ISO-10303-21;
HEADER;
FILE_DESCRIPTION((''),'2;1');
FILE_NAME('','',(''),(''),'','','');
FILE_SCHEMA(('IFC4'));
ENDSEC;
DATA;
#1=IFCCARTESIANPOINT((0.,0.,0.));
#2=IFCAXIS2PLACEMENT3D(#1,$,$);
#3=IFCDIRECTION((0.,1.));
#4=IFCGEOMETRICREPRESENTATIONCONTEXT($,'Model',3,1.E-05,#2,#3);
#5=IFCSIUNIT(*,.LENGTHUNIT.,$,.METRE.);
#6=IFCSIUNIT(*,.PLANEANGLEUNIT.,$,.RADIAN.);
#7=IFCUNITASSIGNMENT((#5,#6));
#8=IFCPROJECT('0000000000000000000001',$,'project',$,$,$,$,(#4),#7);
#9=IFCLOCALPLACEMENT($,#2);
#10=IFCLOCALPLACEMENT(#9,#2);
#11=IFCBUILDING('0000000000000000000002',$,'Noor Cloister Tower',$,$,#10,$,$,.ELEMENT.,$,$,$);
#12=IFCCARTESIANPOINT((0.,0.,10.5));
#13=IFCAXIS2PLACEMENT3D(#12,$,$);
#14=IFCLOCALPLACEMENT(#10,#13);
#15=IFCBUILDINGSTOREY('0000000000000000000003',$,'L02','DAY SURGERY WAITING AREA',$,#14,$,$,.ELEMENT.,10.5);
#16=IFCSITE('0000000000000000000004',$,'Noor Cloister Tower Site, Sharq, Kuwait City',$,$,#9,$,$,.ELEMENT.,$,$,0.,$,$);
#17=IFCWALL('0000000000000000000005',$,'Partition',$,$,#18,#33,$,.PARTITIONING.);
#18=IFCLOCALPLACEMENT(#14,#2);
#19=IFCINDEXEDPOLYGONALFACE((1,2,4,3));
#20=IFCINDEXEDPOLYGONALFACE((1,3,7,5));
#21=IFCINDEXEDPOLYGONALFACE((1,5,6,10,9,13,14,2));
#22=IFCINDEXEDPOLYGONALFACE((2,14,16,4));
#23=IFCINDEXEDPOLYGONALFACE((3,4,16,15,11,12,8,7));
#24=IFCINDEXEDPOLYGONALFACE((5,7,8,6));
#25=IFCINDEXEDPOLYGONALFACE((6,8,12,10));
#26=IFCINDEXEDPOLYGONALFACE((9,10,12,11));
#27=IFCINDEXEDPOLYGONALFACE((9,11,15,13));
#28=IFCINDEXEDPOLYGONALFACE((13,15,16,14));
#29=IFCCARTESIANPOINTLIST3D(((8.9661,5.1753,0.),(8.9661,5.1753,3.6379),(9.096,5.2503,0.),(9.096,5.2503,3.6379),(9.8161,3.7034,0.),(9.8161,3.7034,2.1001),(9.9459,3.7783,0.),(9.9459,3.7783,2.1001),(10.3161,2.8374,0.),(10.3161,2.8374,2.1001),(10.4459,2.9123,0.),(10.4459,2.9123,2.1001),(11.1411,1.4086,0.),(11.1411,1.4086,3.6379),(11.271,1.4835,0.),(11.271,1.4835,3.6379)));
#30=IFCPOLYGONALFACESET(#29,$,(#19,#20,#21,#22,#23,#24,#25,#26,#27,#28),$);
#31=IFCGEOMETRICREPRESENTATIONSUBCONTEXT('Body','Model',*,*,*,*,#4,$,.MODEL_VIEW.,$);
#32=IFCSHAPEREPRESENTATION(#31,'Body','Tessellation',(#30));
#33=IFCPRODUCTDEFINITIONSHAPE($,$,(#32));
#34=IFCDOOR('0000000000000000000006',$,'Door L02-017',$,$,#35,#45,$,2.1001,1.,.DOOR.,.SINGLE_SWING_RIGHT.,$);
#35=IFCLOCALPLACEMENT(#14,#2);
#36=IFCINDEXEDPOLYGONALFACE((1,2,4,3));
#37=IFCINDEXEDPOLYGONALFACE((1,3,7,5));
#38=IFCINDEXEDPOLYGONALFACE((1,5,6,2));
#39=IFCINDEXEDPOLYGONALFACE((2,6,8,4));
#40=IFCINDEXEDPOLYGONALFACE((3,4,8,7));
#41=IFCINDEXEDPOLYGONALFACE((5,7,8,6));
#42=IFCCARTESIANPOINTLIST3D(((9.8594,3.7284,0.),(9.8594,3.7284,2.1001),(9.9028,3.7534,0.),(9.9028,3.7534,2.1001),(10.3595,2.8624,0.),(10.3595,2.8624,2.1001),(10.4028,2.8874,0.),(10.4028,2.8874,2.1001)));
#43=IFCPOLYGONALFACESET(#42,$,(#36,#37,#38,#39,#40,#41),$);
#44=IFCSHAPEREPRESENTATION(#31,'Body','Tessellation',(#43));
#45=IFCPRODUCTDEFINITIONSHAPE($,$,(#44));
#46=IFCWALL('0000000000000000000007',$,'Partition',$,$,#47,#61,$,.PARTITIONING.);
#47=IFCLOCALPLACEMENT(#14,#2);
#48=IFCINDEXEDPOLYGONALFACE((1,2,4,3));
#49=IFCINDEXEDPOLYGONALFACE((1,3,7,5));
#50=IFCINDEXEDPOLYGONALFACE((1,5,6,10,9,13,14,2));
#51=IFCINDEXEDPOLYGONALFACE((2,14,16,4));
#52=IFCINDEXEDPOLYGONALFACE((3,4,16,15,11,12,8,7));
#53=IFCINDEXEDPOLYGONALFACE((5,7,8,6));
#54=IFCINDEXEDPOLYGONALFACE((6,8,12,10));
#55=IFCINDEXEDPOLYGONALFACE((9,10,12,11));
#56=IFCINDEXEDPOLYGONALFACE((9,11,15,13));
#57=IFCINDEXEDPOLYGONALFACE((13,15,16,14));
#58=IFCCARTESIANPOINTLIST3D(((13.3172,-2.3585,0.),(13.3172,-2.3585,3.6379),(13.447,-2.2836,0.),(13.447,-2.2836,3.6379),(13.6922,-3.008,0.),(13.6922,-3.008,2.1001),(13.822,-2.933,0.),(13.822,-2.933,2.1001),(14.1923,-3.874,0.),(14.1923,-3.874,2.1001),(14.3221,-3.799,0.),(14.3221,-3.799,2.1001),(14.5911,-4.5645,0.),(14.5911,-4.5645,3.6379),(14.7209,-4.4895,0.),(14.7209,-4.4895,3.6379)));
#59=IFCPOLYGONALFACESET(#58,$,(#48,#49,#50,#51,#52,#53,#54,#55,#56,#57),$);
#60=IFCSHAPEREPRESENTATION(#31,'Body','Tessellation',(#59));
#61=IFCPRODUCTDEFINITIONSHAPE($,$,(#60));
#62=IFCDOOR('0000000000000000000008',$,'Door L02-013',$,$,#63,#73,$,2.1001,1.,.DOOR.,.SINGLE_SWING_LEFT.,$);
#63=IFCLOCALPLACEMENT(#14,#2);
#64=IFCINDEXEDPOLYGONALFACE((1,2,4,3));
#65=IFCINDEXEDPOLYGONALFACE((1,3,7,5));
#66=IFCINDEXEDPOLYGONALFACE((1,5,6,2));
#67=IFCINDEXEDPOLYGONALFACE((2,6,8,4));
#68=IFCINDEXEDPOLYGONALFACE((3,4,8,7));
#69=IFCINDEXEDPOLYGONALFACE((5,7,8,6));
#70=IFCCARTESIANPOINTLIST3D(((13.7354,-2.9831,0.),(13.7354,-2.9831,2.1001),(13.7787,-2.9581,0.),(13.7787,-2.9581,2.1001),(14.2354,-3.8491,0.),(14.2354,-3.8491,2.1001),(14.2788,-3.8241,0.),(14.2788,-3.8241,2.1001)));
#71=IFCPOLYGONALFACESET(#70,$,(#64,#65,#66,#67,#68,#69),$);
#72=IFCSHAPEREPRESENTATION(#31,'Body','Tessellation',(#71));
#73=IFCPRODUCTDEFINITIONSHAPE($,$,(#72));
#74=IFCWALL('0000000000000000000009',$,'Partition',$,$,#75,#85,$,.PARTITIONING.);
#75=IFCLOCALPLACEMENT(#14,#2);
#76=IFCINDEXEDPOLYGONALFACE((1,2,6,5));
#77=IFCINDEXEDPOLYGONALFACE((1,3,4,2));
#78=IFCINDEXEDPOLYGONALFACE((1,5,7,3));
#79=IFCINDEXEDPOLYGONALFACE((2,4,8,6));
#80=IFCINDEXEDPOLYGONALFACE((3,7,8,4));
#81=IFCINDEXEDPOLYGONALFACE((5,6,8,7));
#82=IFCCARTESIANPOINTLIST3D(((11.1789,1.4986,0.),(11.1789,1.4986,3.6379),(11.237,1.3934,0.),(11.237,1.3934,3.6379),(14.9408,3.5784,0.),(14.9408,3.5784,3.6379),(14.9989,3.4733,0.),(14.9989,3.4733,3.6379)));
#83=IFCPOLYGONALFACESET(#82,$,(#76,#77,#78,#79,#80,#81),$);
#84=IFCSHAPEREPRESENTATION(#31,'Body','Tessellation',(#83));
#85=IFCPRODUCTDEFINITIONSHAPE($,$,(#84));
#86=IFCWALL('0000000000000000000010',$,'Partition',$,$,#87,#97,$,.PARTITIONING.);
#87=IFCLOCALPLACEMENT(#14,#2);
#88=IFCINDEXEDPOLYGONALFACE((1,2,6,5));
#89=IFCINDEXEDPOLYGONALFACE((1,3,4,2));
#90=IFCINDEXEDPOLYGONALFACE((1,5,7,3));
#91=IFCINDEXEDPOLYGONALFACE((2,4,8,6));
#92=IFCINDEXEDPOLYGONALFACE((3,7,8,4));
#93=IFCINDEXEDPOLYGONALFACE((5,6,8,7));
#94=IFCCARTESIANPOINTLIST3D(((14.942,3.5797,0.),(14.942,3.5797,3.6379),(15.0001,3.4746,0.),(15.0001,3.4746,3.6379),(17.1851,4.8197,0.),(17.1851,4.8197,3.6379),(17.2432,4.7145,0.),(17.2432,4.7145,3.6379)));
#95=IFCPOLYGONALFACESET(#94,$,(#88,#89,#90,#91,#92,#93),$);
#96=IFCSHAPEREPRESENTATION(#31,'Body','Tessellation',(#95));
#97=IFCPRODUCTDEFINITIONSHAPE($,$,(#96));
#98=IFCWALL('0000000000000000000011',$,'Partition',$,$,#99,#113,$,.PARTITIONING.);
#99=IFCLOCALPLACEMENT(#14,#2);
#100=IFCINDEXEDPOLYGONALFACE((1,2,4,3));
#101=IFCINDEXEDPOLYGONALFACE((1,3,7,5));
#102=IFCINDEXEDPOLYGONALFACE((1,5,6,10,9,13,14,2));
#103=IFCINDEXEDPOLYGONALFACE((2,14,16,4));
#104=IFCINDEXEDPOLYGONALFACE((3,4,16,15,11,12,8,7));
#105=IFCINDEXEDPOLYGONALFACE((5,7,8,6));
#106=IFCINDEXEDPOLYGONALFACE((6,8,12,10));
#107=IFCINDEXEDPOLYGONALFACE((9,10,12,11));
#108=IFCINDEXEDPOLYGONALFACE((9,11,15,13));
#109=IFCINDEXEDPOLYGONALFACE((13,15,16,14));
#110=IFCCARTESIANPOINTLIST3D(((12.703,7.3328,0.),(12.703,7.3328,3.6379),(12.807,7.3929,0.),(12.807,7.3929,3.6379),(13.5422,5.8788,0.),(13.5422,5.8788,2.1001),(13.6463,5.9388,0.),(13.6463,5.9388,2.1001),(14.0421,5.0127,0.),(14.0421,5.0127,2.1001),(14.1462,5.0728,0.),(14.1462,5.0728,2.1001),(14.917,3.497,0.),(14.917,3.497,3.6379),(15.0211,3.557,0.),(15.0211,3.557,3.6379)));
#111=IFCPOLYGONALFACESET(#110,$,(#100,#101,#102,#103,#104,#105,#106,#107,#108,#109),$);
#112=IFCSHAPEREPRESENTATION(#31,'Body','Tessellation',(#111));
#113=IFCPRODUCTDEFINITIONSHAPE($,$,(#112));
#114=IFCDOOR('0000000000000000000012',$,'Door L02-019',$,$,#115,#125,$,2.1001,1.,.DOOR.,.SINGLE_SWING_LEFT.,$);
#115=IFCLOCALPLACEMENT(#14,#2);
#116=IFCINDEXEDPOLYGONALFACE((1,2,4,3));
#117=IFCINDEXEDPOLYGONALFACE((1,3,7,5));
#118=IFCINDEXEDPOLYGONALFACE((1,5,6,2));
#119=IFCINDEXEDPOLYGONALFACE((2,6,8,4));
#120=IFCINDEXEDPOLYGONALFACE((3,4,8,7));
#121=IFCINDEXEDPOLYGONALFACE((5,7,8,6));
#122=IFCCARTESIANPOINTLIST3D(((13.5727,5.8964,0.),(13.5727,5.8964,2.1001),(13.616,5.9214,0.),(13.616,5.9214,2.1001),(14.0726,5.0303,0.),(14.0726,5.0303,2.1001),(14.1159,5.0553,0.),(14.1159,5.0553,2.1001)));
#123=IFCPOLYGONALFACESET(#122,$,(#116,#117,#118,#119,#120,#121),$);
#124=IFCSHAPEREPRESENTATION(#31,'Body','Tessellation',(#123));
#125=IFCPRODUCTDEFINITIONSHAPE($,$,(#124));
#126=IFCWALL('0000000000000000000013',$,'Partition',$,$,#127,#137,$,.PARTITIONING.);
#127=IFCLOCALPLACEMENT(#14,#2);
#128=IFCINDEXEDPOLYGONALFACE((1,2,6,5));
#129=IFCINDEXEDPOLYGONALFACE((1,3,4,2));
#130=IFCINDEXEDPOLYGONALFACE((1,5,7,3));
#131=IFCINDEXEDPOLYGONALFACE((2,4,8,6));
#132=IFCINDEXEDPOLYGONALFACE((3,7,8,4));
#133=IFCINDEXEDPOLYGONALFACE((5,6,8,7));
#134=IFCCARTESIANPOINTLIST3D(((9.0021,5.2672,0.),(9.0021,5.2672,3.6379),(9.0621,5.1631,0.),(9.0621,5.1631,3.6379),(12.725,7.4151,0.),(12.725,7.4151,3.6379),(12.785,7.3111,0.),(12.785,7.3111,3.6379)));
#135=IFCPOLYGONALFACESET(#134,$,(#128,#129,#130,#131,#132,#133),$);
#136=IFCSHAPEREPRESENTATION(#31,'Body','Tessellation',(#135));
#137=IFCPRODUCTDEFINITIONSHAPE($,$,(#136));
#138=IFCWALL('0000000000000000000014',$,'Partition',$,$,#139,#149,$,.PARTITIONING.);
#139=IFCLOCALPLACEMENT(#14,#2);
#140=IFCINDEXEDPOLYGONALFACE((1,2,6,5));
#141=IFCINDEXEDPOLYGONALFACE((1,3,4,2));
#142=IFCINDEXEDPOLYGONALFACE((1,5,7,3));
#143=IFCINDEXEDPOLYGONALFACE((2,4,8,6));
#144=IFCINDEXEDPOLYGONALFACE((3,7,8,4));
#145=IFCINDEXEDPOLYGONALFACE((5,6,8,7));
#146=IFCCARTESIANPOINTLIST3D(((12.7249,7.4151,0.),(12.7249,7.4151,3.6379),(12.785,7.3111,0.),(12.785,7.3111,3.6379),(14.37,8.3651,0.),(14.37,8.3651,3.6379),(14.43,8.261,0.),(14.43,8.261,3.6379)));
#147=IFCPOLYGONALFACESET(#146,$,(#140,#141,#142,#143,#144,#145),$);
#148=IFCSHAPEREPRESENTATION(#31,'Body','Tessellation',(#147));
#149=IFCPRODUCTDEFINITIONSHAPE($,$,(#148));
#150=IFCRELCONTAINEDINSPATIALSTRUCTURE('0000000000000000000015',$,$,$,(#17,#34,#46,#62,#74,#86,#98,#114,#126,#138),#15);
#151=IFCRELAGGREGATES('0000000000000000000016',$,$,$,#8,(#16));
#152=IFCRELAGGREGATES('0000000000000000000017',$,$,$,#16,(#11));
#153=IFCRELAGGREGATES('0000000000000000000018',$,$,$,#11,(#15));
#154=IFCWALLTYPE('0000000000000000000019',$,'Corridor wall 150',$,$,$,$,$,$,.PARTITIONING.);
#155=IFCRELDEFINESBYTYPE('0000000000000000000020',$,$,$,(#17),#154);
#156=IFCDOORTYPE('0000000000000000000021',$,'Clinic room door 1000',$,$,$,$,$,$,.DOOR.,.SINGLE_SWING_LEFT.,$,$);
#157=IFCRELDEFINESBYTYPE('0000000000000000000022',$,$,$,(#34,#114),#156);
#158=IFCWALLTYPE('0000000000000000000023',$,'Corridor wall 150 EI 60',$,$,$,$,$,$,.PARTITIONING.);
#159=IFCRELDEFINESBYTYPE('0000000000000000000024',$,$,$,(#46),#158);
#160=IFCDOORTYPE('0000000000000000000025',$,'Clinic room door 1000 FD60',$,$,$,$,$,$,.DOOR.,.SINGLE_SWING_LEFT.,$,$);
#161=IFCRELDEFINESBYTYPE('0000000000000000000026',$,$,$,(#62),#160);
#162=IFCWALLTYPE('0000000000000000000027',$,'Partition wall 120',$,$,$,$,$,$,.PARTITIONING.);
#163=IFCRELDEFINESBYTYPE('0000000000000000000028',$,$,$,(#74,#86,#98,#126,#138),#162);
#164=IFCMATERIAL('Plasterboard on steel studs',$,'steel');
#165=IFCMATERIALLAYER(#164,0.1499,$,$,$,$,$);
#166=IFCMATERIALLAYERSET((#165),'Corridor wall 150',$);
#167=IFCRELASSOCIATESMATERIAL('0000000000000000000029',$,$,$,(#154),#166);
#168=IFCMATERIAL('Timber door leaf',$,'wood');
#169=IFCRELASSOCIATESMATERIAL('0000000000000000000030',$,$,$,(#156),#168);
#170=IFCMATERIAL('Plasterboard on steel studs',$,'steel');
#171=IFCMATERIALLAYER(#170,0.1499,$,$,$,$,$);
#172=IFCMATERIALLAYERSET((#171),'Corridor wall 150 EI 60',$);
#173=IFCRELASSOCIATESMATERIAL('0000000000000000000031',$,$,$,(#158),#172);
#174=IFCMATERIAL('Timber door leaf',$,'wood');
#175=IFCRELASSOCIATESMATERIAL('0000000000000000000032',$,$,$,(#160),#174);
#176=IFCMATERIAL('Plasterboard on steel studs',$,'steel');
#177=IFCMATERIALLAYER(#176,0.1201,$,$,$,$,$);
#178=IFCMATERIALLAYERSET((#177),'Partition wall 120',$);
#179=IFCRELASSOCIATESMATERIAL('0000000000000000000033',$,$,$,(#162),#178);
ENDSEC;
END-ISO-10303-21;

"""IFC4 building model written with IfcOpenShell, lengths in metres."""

from ifc_helpers import new_model, si_unit, direction, frame, frame_2d, origin, place, context, subcontext, project, spatial, rectangle, extrude, material, layer, layer_set, type_object, element, fill, save


model = new_model("IFC4")

# Units and contexts
model_context = context("Model", 3, precision=1e-05, world=origin(), true_north=direction((0.0, 1.0)))
body_context = subcontext(model_context, "Body", "Model", "MODEL_VIEW")
ifc_project = project(units=[si_unit("LENGTHUNIT", "METRE"), si_unit("PLANEANGLEUNIT", "RADIAN")], contexts=[model_context])

# Site, building, storey
site_placement = place(None, origin())
site = spatial("IfcSite", under=ifc_project, at=site_placement, Name="Noor Cloister Tower Site, Sharq, Kuwait City", CompositionType="ELEMENT", RefElevation=0.0)
building_placement = place(site_placement, origin())
building = spatial("IfcBuilding", under=site, at=building_placement, Name="Noor Cloister Tower", CompositionType="ELEMENT")
storey_placement = place(building_placement, frame((0.0, 0.0, 10.5)))
storey = spatial("IfcBuildingStorey", under=building, at=storey_placement, Name="L02", Description="DAY SURGERY WAITING AREA", CompositionType="ELEMENT", Elevation=10.5)

# Walls, openings, doors
ifc_material_1 = material(Name="Plasterboard on steel studs", Category="steel")
ifc_layer_1 = layer(ifc_material_1, 0.1499)
ifc_layer_set_1 = layer_set([ifc_layer_1], Name="Corridor wall 150")
wall_type_1 = type_object("IfcWallType", Name="Corridor wall 150", PredefinedType="PARTITIONING", material=ifc_layer_set_1)
ifc_material_2 = material(Name="Timber door leaf", Category="wood")
door_type_1 = type_object("IfcDoorType", Name="Clinic room door 1000", OperationType="SINGLE_SWING_LEFT", PredefinedType="DOOR", material=ifc_material_2)
wall_1_placement = place(storey_placement, frame((11.2061, 1.446, 0.0), z_axis=(0.0, 0.0, 1.0), x_axis=(-0.500045, 0.866, 0.0)))
wall_1 = element("IfcWall", 1, at=wall_1_placement, inside=storey, type_object=wall_type_1, Name="Partition", PredefinedType="PARTITIONING", context=body_context, shape_type="SweptSolid", body=[
    extrude(rectangle(XDim=4.3496, YDim=0.1499, at=frame_2d((2.1748, 0.0))), origin(), (0.0, 0.0, 1.0), 3.6379),
])
opening_1_placement = place(wall_1_placement, frame((1.6499, 0.0, 0.0)))
opening_1 = element("IfcOpeningElement", 2, at=opening_1_placement, cuts=wall_1, PredefinedType="OPENING", context=body_context, shape_type="SweptSolid", body=[
    extrude(rectangle(XDim=1.0, YDim=2.1001, at=frame_2d((0.5, 1.05))), frame((0.0, 0.085, 0.0), z_axis=(0.0, -1.0, 0.0), x_axis=(1.0, 0.0, 0.0)), (0.0, 0.0, 1.0), 0.1699),
])
door_1_placement = place(opening_1_placement, origin())
door_1 = element("IfcDoor", 3, at=door_1_placement, inside=storey, type_object=door_type_1, Name="Door L02-017", OperationType="SINGLE_SWING_RIGHT", OverallHeight=2.1001, OverallWidth=1.0, PredefinedType="DOOR", context=body_context, shape_type="SweptSolid", body=[
    extrude(rectangle(XDim=1.0, YDim=2.1001, at=frame_2d((0.5, 1.05))), frame((0.0, 0.0249, 0.0), z_axis=(0.0, -1.0, 0.0), x_axis=(1.0, 0.0, 0.0)), (0.0, 0.0, 1.0), 0.05),
])
fill(opening_1, door_1)
ifc_material_3 = material(Name="Plasterboard on steel studs", Category="steel")
ifc_layer_2 = layer(ifc_material_3, 0.1499)
ifc_layer_set_2 = layer_set([ifc_layer_2], Name="Corridor wall 150 EI 60")
wall_type_2 = type_object("IfcWallType", Name="Corridor wall 150 EI 60", PredefinedType="PARTITIONING", material=ifc_layer_set_2)
wall_2_placement = place(storey_placement, frame((13.3821, -2.321, 0.0), z_axis=(0.0, 0.0, 1.0), x_axis=(0.500076, -0.865981, 0.0)))
wall_2 = element("IfcWall", 4, at=wall_2_placement, inside=storey, type_object=wall_type_2, Name="Partition", PredefinedType="PARTITIONING", context=body_context, shape_type="SweptSolid", body=[
    extrude(rectangle(XDim=2.5474, YDim=0.1499, at=frame_2d((1.2737, 0.0))), origin(), (0.0, 0.0, 1.0), 3.6379),
])
opening_2_placement = place(wall_2_placement, frame((0.75, 0.0, 0.0)))
opening_2 = element("IfcOpeningElement", 5, at=opening_2_placement, cuts=wall_2, PredefinedType="OPENING", context=body_context, shape_type="SweptSolid", body=[
    extrude(rectangle(XDim=1.0, YDim=2.1001, at=frame_2d((0.5, 1.05))), frame((0.0, 0.085, 0.0), z_axis=(0.0, -1.0, 0.0), x_axis=(1.0, 0.0, 0.0)), (0.0, 0.0, 1.0), 0.1699),
])
ifc_material_4 = material(Name="Timber door leaf", Category="wood")
door_type_2 = type_object("IfcDoorType", Name="Clinic room door 1000 FD60", OperationType="SINGLE_SWING_LEFT", PredefinedType="DOOR", material=ifc_material_4)
door_2_placement = place(opening_2_placement, origin())
door_2 = element("IfcDoor", 6, at=door_2_placement, inside=storey, type_object=door_type_2, Name="Door L02-013", OperationType="SINGLE_SWING_LEFT", OverallHeight=2.1001, OverallWidth=1.0, PredefinedType="DOOR", context=body_context, shape_type="SweptSolid", body=[
    extrude(rectangle(XDim=1.0, YDim=2.1001, at=frame_2d((0.5, 1.05))), frame((0.0, 0.0249, 0.0), z_axis=(0.0, -1.0, 0.0), x_axis=(1.0, 0.0, 0.0)), (0.0, 0.0, 1.0), 0.05),
])
fill(opening_2, door_2)

# Walls
ifc_material_5 = material(Name="Plasterboard on steel studs", Category="steel")
ifc_layer_3 = layer(ifc_material_5, 0.1201)
ifc_layer_set_3 = layer_set([ifc_layer_3], Name="Partition wall 120")
wall_type_3 = type_object("IfcWallType", Name="Partition wall 120", PredefinedType="PARTITIONING", material=ifc_layer_set_3)
wall_3_placement = place(storey_placement, frame((14.97, 3.5259, 0.0), z_axis=(0.0, 0.0, 1.0), x_axis=(-0.875157, -0.483838, 0.0)))
element("IfcWall", 7, at=wall_3_placement, inside=storey, type_object=wall_type_3, Name="Partition", PredefinedType="PARTITIONING", context=body_context, shape_type="SweptSolid", body=[
    extrude(rectangle(XDim=4.2986, YDim=0.1201, at=frame_2d((2.1494, 0.0))), origin(), (0.0, 0.0, 1.0), 3.6379),
])
wall_4_placement = place(storey_placement, frame((17.2141, 4.7671, 0.0), z_axis=(0.0, 0.0, 1.0), x_axis=(-0.875184, -0.48379, 0.0)))
element("IfcWall", 8, at=wall_4_placement, inside=storey, type_object=wall_type_3, Name="Partition", PredefinedType="PARTITIONING", context=body_context, shape_type="SweptSolid", body=[
    extrude(rectangle(XDim=2.563, YDim=0.1201, at=frame_2d((1.2815, 0.0))), origin(), (0.0, 0.0, 1.0), 3.6379),
])

# Wall, opening, door
wall_5_placement = place(storey_placement, frame((14.969, 3.5271, 0.0), z_axis=(0.0, 0.0, 1.0), x_axis=(-0.499904, 0.866081, 0.0)))
wall_5 = element("IfcWall", 9, at=wall_5_placement, inside=storey, type_object=wall_type_3, Name="Partition", PredefinedType="PARTITIONING", context=body_context, shape_type="SweptSolid", body=[
    extrude(rectangle(XDim=4.429, YDim=0.1201, at=frame_2d((2.2144, 0.0))), origin(), (0.0, 0.0, 1.0), 3.6379),
])
opening_3_placement = place(wall_5_placement, frame((1.75, 0.0, 0.0)))
opening_3 = element("IfcOpeningElement", 10, at=opening_3_placement, cuts=wall_5, PredefinedType="OPENING", context=body_context, shape_type="SweptSolid", body=[
    extrude(rectangle(XDim=1.0, YDim=2.1001, at=frame_2d((0.5, 1.05))), frame((0.0, 0.0701, 0.0), z_axis=(0.0, -1.0, 0.0), x_axis=(1.0, 0.0, 0.0)), (0.0, 0.0, 1.0), 0.1401),
])
door_3_placement = place(opening_3_placement, origin())
door_3 = element("IfcDoor", 11, at=door_3_placement, inside=storey, type_object=door_type_1, Name="Door L02-019", OperationType="SINGLE_SWING_LEFT", OverallHeight=2.1001, OverallWidth=1.0, PredefinedType="DOOR", context=body_context, shape_type="SweptSolid", body=[
    extrude(rectangle(XDim=1.0, YDim=2.1001, at=frame_2d((0.5, 1.05))), frame((0.0, 0.0249, 0.0), z_axis=(0.0, -1.0, 0.0), x_axis=(1.0, 0.0, 0.0)), (0.0, 0.0, 1.0), 0.05),
])
fill(opening_3, door_3)

# Walls
wall_6_placement = place(storey_placement, frame((12.7549, 7.363, 0.0), z_axis=(0.0, 0.0, 1.0), x_axis=(-0.866173, -0.499744, 0.0)))
element("IfcWall", 12, at=wall_6_placement, inside=storey, type_object=wall_type_3, Name="Partition", PredefinedType="PARTITIONING", context=body_context, shape_type="SweptSolid", body=[
    extrude(rectangle(XDim=4.2981, YDim=0.1201, at=frame_2d((2.1489, 0.0))), origin(), (0.0, 0.0, 1.0), 3.6379),
])
wall_7_placement = place(storey_placement, frame((14.3999, 8.313, 0.0), z_axis=(0.0, 0.0, 1.0), x_axis=(-0.86598, -0.500078, 0.0)))
element("IfcWall", 13, at=wall_7_placement, inside=storey, type_object=wall_type_3, Name="Partition", PredefinedType="PARTITIONING", context=body_context, shape_type="SweptSolid", body=[
    extrude(rectangle(XDim=1.8997, YDim=0.1201, at=frame_2d((0.9497, 0.0))), origin(), (0.0, 0.0, 1.0), 3.6379),
])

save(model, "model.ifc")
